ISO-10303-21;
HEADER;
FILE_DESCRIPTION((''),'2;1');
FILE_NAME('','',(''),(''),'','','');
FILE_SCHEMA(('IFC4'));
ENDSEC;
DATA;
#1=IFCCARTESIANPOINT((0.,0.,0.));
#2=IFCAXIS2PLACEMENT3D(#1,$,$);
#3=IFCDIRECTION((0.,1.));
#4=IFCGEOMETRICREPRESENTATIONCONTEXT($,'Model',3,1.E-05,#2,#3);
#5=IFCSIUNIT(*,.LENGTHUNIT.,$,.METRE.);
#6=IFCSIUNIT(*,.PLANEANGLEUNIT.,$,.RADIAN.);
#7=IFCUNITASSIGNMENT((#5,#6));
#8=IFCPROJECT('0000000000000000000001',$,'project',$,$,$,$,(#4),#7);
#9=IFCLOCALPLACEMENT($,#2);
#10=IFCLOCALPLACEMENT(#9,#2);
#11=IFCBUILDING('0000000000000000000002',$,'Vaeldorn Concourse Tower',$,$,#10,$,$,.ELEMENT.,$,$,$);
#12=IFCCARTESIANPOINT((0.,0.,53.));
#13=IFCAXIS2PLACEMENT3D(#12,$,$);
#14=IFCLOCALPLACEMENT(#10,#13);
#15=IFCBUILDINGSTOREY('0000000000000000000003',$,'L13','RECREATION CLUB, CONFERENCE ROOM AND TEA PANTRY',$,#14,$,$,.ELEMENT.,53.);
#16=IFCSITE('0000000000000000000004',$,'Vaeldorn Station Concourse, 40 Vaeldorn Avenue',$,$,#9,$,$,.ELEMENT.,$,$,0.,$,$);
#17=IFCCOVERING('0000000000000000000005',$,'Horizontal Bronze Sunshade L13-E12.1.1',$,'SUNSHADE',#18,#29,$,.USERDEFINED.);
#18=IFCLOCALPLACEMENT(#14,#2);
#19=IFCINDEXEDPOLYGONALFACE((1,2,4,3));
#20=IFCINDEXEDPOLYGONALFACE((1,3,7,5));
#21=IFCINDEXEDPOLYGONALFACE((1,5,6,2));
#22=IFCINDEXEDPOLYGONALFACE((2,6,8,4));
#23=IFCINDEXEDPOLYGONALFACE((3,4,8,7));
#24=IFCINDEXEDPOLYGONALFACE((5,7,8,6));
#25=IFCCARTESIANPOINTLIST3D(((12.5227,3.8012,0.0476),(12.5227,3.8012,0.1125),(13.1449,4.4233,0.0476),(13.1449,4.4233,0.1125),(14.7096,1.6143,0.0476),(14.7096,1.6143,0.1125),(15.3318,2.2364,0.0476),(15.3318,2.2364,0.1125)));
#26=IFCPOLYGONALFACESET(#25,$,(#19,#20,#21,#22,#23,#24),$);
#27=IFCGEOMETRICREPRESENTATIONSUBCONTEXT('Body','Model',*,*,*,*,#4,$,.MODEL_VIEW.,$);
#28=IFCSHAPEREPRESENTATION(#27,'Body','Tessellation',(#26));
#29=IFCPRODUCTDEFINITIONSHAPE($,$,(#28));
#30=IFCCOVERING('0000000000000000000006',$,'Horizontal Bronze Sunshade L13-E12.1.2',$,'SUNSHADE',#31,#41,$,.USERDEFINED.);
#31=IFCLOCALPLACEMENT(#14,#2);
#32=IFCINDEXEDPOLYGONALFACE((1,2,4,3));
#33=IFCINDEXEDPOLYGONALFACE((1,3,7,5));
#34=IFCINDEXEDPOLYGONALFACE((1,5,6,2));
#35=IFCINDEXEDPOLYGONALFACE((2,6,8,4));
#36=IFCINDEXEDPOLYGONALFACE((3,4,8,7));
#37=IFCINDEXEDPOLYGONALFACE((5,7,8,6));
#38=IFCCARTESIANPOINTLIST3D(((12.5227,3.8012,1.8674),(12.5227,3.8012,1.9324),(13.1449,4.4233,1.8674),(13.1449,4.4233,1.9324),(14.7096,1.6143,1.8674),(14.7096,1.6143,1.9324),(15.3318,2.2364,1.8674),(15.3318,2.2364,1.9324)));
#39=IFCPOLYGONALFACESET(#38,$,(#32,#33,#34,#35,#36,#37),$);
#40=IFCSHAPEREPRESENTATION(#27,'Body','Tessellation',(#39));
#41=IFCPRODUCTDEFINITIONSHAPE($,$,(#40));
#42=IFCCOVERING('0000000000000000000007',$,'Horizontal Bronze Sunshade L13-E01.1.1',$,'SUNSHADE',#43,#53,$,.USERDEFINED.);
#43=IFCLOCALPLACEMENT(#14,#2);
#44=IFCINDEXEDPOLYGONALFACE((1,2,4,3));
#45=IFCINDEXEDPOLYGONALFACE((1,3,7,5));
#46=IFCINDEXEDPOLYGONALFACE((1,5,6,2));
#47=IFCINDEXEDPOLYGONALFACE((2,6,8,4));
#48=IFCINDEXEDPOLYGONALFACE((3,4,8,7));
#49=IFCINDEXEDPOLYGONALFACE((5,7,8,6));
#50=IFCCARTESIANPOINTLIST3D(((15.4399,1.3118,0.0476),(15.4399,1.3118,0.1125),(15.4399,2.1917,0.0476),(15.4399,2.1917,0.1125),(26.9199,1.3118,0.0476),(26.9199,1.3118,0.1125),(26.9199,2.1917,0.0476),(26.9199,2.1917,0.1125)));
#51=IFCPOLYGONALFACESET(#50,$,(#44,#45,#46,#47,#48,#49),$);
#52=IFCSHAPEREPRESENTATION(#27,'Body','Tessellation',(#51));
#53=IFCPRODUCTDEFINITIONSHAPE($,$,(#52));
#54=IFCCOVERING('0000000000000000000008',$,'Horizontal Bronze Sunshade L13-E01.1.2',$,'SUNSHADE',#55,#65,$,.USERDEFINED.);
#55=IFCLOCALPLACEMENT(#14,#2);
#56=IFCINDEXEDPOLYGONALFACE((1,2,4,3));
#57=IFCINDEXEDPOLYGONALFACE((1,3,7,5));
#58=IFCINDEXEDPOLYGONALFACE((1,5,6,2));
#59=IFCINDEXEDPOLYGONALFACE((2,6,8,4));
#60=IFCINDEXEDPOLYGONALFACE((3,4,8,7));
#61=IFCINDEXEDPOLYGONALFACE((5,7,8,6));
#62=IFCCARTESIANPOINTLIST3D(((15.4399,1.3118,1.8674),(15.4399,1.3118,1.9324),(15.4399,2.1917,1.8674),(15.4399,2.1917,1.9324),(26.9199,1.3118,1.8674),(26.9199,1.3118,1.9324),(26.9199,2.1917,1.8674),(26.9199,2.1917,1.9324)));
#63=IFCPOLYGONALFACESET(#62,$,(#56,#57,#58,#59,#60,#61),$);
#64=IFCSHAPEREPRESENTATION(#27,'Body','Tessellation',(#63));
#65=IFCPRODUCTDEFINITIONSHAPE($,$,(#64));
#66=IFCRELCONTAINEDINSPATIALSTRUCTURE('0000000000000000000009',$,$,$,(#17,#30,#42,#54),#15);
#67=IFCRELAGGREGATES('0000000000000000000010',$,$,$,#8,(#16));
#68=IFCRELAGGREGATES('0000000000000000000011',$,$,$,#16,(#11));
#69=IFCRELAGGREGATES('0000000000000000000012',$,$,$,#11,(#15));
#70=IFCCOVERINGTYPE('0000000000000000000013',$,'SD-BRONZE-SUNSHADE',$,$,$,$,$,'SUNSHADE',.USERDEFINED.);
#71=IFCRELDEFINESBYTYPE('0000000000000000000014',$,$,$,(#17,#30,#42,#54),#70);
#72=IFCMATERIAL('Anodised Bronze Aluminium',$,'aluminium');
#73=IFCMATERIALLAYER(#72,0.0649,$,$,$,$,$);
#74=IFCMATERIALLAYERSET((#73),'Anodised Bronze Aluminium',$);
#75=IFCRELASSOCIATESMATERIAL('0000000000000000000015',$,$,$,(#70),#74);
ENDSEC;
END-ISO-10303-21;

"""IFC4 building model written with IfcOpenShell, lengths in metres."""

from ifc_helpers import new_model, si_unit, direction, frame, origin, origin_2d, place, context, subcontext, project, spatial, rectangle, extrude, source, transform, mapped, material, layer, layer_set, type_object, element, save


model = new_model("IFC4")

# Units and contexts
model_context = context("Model", 3, precision=1e-05, world=origin(), true_north=direction((0.0, 1.0)))
body_context = subcontext(model_context, "Body", "Model", "MODEL_VIEW")
ifc_project = project(units=[si_unit("LENGTHUNIT", "METRE"), si_unit("PLANEANGLEUNIT", "RADIAN")], contexts=[model_context])

# Site, building, storey
site_placement = place(None, origin())
site = spatial("IfcSite", under=ifc_project, at=site_placement, Name="Vaeldorn Station Concourse, 40 Vaeldorn Avenue", CompositionType="ELEMENT", RefElevation=0.0)
building_placement = place(site_placement, origin())
building = spatial("IfcBuilding", under=site, at=building_placement, Name="Vaeldorn Concourse Tower", CompositionType="ELEMENT")
storey_placement = place(building_placement, frame((0.0, 0.0, 53.0)))
storey = spatial("IfcBuildingStorey", under=building, at=storey_placement, Name="L13", Description="RECREATION CLUB, CONFERENCE ROOM AND TEA PANTRY", CompositionType="ELEMENT", Elevation=53.0)

# Shared definitions
ifc_material_1 = material(Name="Anodised Bronze Aluminium", Category="aluminium")

# Coverings
ifc_layer_1 = layer(ifc_material_1, 0.0649)
ifc_layer_set_1 = layer_set([ifc_layer_1], Name="Anodised Bronze Aluminium")
covering_type = type_object("IfcCoveringType", Name="SD-BRONZE-SUNSHADE", ElementType="SUNSHADE", PredefinedType="USERDEFINED", material=ifc_layer_set_1)
shared_shape_1 = source(origin(), body_context, "Body", "SweptSolid", [
    extrude(rectangle(XDim=3.0928, YDim=0.8799, at=origin_2d()), origin(), (0.0, 0.0, 1.0), 0.0649),
])
for number, where, z_axis, x_axis, name in (
    (1, (13.9272, 3.0188, 0.0476), (0.0, 0.0, 1.0), (0.707107, -0.707107, 0.0), "Horizontal Bronze Sunshade L13-E12.1.1"),
    (2, (13.9272, 3.0188, 1.8674), (0.0, 0.0, 1.0), (0.707107, -0.707107, 0.0), "Horizontal Bronze Sunshade L13-E12.1.2"),
):
    element("IfcCovering", number, at=place(storey_placement, frame(where, z_axis=z_axis, x_axis=x_axis)), inside=storey, type_object=covering_type, Name=name, ObjectType="SUNSHADE", PredefinedType="USERDEFINED", context=body_context, shape_type="MappedRepresentation", body=[
        mapped(shared_shape_1, transform((0.0, 0.0, 0.0), scale=1.0)),
    ])
shared_shape_2 = source(origin(), body_context, "Body", "SweptSolid", [
    extrude(rectangle(XDim=11.48, YDim=0.8799, at=origin_2d()), origin(), (0.0, 0.0, 1.0), 0.0649),
])
for number, where, z_axis, x_axis, name in (
    (3, (21.1799, 1.7517, 0.0476), (0.0, 0.0, 1.0), (1.0, 0.0, 0.0), "Horizontal Bronze Sunshade L13-E01.1.1"),
    (4, (21.1799, 1.7517, 1.8674), (0.0, 0.0, 1.0), (1.0, 0.0, 0.0), "Horizontal Bronze Sunshade L13-E01.1.2"),
):
    element("IfcCovering", number, at=place(storey_placement, frame(where, z_axis=z_axis, x_axis=x_axis)), inside=storey, type_object=covering_type, Name=name, ObjectType="SUNSHADE", PredefinedType="USERDEFINED", context=body_context, shape_type="MappedRepresentation", body=[
        mapped(shared_shape_2, transform((0.0, 0.0, 0.0), scale=1.0)),
    ])

save(model, "model.ifc")
